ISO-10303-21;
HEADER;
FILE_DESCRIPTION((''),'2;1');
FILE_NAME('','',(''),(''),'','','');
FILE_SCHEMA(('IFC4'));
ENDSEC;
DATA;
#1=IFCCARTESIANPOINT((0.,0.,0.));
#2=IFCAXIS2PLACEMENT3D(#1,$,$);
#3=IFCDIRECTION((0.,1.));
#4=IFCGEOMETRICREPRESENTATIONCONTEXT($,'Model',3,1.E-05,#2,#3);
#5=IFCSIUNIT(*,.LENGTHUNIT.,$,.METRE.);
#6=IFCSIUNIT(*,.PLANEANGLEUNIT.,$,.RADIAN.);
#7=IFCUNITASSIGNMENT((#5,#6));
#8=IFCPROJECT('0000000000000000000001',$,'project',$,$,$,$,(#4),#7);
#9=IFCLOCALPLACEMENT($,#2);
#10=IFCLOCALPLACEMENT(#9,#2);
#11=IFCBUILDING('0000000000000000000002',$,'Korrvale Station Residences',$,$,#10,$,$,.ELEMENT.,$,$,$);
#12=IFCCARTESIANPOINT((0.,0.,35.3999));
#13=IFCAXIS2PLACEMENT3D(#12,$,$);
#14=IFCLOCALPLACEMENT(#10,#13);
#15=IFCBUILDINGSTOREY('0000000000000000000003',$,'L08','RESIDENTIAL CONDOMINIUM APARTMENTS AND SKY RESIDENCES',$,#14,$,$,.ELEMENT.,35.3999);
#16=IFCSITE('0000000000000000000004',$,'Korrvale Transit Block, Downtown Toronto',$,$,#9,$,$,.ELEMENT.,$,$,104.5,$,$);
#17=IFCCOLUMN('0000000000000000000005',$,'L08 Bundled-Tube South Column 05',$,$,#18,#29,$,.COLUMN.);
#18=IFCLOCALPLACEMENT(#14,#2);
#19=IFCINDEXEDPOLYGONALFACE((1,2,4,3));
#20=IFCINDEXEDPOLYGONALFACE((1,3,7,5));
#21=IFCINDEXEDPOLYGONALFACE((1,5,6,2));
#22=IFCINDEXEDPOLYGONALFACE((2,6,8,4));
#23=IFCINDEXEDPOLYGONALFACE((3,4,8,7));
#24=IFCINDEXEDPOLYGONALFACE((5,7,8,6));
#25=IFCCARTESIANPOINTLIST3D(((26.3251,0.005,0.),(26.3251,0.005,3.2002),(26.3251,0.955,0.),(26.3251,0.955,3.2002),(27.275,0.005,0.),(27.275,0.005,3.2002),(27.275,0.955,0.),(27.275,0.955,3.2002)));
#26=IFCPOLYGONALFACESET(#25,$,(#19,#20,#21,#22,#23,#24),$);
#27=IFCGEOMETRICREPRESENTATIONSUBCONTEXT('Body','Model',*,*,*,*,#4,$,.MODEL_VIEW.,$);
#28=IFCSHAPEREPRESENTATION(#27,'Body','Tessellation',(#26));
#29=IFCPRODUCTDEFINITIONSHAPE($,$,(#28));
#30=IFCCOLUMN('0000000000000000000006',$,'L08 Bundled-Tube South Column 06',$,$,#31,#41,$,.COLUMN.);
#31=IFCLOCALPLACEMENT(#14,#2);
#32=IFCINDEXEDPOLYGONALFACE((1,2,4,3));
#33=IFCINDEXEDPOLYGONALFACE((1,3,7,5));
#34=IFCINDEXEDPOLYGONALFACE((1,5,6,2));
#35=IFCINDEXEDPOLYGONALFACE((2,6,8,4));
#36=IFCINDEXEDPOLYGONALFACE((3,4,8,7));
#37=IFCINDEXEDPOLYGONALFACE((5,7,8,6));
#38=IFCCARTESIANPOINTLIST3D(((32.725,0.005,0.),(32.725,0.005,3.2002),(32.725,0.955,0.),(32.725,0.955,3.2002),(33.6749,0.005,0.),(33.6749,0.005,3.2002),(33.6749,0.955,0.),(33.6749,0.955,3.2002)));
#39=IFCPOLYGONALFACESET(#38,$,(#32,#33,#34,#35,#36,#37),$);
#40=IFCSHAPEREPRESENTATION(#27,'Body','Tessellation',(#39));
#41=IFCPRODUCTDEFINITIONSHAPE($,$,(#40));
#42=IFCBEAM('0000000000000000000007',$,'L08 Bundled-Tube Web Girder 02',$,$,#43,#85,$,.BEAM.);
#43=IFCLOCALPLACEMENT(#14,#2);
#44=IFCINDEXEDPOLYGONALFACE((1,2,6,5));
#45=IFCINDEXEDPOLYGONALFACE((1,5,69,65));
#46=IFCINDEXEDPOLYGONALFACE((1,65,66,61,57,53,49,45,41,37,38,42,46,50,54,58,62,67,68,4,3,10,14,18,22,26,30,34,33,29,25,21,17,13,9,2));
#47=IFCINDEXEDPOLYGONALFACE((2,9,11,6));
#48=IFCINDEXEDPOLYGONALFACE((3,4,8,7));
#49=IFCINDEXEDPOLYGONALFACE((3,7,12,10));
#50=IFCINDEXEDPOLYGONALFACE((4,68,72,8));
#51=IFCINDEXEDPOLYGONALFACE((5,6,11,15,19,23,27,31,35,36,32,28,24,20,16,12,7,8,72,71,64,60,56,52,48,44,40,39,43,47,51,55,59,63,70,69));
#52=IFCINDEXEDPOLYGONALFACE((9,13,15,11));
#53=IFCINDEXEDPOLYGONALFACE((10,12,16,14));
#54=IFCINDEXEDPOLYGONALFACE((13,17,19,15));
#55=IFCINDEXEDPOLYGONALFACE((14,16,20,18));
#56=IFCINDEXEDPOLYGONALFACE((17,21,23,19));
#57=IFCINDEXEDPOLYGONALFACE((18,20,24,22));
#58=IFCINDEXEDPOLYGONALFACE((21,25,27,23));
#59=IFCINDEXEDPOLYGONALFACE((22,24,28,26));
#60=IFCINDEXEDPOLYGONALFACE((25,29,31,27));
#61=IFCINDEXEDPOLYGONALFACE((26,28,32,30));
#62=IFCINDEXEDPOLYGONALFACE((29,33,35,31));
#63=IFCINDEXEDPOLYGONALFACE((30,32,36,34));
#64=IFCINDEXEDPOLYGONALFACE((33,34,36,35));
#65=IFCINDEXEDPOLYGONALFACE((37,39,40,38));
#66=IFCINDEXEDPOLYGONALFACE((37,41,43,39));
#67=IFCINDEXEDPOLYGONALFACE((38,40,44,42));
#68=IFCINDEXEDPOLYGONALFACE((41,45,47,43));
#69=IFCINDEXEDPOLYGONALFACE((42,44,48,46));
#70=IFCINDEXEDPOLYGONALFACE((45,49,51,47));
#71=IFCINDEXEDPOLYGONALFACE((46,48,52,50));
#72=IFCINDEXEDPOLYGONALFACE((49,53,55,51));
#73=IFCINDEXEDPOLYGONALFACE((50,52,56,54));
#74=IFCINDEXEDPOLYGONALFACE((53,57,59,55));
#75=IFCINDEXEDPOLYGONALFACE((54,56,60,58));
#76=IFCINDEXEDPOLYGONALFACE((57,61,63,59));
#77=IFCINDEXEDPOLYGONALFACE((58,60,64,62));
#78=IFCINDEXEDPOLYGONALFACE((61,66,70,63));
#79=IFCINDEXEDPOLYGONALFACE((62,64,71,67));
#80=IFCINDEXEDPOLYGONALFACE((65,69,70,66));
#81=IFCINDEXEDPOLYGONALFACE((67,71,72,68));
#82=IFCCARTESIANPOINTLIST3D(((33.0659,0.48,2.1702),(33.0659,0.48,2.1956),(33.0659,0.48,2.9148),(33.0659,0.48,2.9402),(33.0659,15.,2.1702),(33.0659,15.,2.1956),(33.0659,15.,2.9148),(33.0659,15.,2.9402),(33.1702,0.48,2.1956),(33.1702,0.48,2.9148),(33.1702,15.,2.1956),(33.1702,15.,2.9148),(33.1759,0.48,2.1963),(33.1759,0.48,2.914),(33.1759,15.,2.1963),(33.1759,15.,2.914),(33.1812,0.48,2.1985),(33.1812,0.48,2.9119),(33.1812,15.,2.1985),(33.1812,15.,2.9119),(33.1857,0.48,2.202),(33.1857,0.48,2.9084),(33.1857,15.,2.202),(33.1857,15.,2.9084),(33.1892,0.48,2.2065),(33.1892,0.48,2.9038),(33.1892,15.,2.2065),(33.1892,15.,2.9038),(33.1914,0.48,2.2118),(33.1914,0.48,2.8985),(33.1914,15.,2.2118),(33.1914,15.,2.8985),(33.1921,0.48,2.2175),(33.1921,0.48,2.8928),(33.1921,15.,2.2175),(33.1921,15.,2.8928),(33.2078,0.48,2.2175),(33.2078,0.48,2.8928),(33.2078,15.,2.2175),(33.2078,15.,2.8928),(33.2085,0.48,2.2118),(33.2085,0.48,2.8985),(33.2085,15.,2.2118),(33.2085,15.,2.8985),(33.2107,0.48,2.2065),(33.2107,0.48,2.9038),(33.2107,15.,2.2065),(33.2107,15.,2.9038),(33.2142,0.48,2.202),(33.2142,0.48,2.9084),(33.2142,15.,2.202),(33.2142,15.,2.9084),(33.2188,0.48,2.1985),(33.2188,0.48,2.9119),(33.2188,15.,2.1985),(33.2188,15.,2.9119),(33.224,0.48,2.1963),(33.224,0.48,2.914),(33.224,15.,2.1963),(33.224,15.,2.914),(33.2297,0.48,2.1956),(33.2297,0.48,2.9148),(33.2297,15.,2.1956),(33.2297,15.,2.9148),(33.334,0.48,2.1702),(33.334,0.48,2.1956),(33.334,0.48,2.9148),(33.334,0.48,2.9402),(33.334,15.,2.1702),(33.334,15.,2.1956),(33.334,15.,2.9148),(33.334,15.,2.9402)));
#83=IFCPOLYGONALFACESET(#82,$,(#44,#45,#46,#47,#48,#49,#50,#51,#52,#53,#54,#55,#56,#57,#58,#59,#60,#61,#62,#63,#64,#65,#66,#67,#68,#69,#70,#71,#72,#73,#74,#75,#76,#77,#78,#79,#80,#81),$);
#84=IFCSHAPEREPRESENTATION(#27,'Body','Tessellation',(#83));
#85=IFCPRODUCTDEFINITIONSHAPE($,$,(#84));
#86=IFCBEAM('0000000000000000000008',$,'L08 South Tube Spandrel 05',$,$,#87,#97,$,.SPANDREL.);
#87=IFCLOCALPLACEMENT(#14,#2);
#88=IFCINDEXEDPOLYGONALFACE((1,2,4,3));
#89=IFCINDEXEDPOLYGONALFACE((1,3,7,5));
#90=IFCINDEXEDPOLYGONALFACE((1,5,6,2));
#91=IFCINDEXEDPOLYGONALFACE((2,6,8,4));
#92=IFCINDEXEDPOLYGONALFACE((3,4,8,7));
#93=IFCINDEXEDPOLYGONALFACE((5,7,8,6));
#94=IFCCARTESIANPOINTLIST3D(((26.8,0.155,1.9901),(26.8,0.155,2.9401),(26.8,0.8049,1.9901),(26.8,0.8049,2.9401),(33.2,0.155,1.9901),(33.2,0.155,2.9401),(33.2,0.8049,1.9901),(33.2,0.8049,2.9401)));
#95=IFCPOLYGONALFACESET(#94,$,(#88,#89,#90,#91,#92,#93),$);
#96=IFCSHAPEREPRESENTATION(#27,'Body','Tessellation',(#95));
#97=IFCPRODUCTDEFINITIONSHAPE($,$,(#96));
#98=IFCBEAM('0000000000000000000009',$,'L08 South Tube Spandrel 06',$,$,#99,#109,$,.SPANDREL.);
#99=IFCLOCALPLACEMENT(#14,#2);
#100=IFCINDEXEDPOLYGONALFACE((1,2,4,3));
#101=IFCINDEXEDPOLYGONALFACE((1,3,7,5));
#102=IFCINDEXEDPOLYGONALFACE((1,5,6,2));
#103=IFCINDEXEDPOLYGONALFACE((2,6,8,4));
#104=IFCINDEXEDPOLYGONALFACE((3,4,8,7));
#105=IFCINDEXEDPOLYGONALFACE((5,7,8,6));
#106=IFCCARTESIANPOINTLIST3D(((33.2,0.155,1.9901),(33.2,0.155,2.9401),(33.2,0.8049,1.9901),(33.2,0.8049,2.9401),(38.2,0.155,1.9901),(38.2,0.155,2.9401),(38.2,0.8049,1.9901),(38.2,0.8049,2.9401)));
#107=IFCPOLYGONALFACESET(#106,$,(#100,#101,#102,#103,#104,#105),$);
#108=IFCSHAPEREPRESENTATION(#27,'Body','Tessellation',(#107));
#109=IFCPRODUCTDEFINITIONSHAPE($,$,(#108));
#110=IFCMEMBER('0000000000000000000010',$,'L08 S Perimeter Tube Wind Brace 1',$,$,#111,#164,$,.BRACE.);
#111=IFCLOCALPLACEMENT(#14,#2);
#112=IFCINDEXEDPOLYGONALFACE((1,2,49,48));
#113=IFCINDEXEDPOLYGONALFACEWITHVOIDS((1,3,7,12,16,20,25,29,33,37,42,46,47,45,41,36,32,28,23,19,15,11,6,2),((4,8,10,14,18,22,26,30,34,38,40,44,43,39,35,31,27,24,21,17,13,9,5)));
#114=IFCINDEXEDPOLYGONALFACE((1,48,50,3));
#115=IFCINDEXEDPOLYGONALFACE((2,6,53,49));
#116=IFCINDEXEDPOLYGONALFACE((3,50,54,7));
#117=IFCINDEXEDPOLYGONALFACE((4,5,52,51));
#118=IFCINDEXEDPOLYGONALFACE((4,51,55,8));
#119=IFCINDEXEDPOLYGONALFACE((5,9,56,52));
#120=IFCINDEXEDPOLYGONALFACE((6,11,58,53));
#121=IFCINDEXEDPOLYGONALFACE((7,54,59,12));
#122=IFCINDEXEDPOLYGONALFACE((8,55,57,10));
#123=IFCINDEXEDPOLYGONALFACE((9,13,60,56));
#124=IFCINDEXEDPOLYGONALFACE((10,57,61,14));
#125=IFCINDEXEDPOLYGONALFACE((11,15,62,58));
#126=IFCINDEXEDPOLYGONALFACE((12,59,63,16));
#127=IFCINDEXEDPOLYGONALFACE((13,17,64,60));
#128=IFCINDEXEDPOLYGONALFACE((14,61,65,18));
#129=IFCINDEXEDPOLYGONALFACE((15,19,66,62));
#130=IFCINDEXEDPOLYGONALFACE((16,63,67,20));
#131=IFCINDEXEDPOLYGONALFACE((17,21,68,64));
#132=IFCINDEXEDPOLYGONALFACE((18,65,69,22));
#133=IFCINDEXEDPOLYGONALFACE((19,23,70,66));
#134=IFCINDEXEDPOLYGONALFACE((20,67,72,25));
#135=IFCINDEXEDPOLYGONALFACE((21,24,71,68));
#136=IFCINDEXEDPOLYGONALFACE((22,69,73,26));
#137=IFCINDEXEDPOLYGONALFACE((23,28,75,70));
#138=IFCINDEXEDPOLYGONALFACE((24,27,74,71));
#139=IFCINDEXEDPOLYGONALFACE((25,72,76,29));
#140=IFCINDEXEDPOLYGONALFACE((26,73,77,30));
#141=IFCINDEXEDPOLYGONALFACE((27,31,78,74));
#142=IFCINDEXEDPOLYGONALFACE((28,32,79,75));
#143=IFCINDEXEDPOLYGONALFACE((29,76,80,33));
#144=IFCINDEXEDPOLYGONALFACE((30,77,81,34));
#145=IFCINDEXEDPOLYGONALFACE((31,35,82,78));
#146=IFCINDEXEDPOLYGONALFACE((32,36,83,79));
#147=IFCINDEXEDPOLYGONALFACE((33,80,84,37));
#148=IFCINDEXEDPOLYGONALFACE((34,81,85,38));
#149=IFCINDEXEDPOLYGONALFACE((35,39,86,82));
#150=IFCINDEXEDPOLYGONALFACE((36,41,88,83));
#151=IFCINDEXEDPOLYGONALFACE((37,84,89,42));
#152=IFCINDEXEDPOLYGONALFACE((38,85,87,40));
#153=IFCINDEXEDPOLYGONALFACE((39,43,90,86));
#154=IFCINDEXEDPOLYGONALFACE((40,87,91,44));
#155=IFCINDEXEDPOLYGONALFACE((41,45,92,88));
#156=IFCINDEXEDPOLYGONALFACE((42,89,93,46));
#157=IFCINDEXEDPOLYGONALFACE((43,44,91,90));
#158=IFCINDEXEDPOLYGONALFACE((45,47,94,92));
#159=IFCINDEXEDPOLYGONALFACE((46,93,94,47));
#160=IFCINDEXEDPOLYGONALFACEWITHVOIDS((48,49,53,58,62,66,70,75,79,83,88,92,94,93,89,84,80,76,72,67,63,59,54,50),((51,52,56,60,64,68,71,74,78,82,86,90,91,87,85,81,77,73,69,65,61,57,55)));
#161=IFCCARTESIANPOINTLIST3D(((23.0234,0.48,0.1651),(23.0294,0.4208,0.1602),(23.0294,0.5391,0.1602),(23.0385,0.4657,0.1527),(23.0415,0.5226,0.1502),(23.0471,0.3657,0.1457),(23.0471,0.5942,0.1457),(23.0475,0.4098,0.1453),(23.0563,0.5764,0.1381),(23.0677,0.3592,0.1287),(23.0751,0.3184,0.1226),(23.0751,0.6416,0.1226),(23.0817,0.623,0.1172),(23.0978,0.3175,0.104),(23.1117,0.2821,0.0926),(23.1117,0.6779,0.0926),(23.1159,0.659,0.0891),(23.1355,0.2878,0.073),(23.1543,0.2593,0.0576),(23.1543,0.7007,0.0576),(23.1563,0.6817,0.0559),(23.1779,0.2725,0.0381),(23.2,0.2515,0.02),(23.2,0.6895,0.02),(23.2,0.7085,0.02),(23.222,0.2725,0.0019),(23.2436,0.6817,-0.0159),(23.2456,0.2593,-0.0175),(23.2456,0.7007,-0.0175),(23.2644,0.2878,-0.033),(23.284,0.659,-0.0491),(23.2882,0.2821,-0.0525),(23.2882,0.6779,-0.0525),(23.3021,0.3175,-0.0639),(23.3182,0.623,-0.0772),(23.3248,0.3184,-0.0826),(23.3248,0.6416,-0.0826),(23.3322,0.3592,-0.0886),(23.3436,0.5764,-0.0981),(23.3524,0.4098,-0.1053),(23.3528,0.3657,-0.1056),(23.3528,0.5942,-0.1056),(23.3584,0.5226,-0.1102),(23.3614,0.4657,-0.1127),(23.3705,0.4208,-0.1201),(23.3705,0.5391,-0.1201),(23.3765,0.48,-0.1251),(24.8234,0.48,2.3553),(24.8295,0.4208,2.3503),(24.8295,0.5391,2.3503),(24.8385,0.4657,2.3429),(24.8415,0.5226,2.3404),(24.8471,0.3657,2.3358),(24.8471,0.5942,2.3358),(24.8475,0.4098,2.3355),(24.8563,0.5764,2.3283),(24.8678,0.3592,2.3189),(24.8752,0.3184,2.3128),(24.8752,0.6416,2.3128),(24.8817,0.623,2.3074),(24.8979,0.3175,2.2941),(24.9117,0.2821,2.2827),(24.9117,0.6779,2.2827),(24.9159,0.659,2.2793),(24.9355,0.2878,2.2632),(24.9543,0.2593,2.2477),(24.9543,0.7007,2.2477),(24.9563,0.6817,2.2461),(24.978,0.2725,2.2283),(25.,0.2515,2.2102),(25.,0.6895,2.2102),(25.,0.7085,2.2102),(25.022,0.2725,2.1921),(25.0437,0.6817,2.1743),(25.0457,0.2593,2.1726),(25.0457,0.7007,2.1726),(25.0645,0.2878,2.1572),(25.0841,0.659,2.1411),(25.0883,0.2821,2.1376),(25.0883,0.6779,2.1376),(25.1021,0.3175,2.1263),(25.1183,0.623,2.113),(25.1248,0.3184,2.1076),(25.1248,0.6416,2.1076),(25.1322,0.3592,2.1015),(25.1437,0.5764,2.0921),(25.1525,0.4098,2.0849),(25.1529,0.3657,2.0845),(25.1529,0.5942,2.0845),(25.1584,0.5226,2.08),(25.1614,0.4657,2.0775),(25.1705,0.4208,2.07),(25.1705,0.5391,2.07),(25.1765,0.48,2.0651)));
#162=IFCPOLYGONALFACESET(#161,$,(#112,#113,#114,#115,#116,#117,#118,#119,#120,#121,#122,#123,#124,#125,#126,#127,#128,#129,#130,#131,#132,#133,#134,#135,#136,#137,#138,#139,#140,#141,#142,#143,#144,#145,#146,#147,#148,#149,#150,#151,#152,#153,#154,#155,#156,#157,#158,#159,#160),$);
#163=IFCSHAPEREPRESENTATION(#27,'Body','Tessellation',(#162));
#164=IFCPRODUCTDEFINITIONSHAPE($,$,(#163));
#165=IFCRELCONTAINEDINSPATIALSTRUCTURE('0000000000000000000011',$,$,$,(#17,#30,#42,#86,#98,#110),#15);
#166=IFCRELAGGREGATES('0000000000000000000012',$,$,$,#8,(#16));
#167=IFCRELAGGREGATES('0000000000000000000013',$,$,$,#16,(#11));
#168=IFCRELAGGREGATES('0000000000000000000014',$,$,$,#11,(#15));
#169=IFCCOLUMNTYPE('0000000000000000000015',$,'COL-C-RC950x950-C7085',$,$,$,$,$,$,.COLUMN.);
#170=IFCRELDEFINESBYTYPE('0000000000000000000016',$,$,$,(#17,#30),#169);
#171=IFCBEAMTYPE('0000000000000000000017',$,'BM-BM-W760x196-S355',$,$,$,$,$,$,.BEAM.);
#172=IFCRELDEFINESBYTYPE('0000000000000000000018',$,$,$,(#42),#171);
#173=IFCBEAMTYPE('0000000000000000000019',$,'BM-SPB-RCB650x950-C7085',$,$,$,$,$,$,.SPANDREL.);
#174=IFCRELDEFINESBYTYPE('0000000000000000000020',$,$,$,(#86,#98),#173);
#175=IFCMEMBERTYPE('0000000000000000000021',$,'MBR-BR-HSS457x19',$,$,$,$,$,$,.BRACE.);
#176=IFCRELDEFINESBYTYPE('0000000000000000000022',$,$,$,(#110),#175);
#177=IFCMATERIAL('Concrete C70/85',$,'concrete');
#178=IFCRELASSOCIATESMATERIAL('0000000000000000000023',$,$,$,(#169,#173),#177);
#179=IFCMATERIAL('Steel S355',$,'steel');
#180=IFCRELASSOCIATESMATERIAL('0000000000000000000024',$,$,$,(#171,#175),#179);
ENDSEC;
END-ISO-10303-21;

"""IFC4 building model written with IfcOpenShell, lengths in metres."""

from ifc_helpers import new_model, si_unit, direction, frame, origin, origin_2d, place, context, subcontext, project, spatial, rectangle, hollow_circle, i_section, extrude, material, material_profile, profile_set, type_object, element, save


model = new_model("IFC4")

# Units and contexts
model_context = context("Model", 3, precision=1e-05, world=origin(), true_north=direction((0.0, 1.0)))
body_context = subcontext(model_context, "Body", "Model", "MODEL_VIEW")
ifc_project = project(units=[si_unit("LENGTHUNIT", "METRE"), si_unit("PLANEANGLEUNIT", "RADIAN")], contexts=[model_context])

# Site, building, storey
site_placement = place(None, origin())
site = spatial("IfcSite", under=ifc_project, at=site_placement, Name="Korrvale Transit Block, Downtown Toronto", CompositionType="ELEMENT", RefElevation=104.5)
building_placement = place(site_placement, origin())
building = spatial("IfcBuilding", under=site, at=building_placement, Name="Korrvale Station Residences", CompositionType="ELEMENT")
storey_placement = place(building_placement, frame((0.0, 0.0, 35.3999)))
storey = spatial("IfcBuildingStorey", under=building, at=storey_placement, Name="L08", Description="RESIDENTIAL CONDOMINIUM APARTMENTS AND SKY RESIDENCES", CompositionType="ELEMENT", Elevation=35.3999)

# Columns
ifc_material_1 = material(Name="Concrete C70/85", Category="concrete")
ifc_material_profile_1 = material_profile(ifc_material_1, rectangle(XDim=0.95, YDim=0.95, at=origin_2d()), Name="RC950x950")
ifc_profile_set_1 = profile_set([ifc_material_profile_1], Name="Concrete C70/85")
column_type = type_object("IfcColumnType", Name="COL-C-RC950x950-C7085", PredefinedType="COLUMN", material=ifc_profile_set_1)
for number, where, z_axis, x_axis, name in (
    (1, (26.8, 0.48, 0.0), (0.0, 0.0, 1.0), (1.0, 0.0, 0.0), "L08 Bundled-Tube South Column 05"),
    (2, (33.2, 0.48, 0.0), (0.0, 0.0, 1.0), (1.0, 0.0, 0.0), "L08 Bundled-Tube South Column 06"),
):
    element("IfcColumn", number, at=place(storey_placement, frame(where, z_axis=z_axis, x_axis=x_axis)), inside=storey, type_object=column_type, Name=name, PredefinedType="COLUMN", context=body_context, shape_type="SweptSolid", body=[
        extrude(rectangle(XDim=0.95, YDim=0.95, at=origin_2d()), origin(), (0.0, 0.0, 1.0), 3.2002),
    ])

# Beams
ifc_material_2 = material(Name="Steel S355", Category="steel")
ifc_material_profile_2 = material_profile(ifc_material_2, i_section(OverallWidth=0.2681, OverallDepth=0.77, WebThickness=0.0156, FlangeThickness=0.0254, FilletRadius=0.022, at=origin_2d()), Name="W760x196")
ifc_profile_set_2 = profile_set([ifc_material_profile_2], Name="Steel S355")
beam_type_1 = type_object("IfcBeamType", Name="BM-BM-W760x196-S355", PredefinedType="BEAM", material=ifc_profile_set_2)
beam_1_placement = place(storey_placement, frame((33.2, 0.48, 2.5552), z_axis=(0.0, 1.0, 0.0), x_axis=(-1.0, 0.0, 0.0)))
element("IfcBeam", 3, at=beam_1_placement, inside=storey, type_object=beam_type_1, Name="L08 Bundled-Tube Web Girder 02", PredefinedType="BEAM", context=body_context, shape_type="SweptSolid", body=[
    extrude(i_section(OverallWidth=0.2681, OverallDepth=0.77, WebThickness=0.0156, FlangeThickness=0.0254, FilletRadius=0.022, at=origin_2d()), origin(), (0.0, 0.0, 1.0), 14.52),
])
ifc_material_profile_3 = material_profile(ifc_material_1, rectangle(XDim=0.6499, YDim=0.95, at=origin_2d()), Name="RCB650x950")
ifc_profile_set_3 = profile_set([ifc_material_profile_3], Name="Concrete C70/85")
beam_type_2 = type_object("IfcBeamType", Name="BM-SPB-RCB650x950-C7085", PredefinedType="SPANDREL", material=ifc_profile_set_3)
beam_2_placement = place(storey_placement, frame((26.8, 0.48, 2.4651), z_axis=(1.0, 0.0, 0.0), x_axis=(0.0, 1.0, 0.0)))
element("IfcBeam", 4, at=beam_2_placement, inside=storey, type_object=beam_type_2, Name="L08 South Tube Spandrel 05", PredefinedType="SPANDREL", context=body_context, shape_type="SweptSolid", body=[
    extrude(rectangle(XDim=0.6499, YDim=0.95, at=origin_2d()), origin(), (0.0, 0.0, 1.0), 6.3999),
])
beam_3_placement = place(storey_placement, frame((33.2, 0.48, 2.4651), z_axis=(1.0, 0.0, 0.0), x_axis=(0.0, 1.0, 0.0)))
element("IfcBeam", 5, at=beam_3_placement, inside=storey, type_object=beam_type_2, Name="L08 South Tube Spandrel 06", PredefinedType="SPANDREL", context=body_context, shape_type="SweptSolid", body=[
    extrude(rectangle(XDim=0.6499, YDim=0.95, at=origin_2d()), origin(), (0.0, 0.0, 1.0), 5.0),
])

# Member
ifc_material_profile_4 = material_profile(ifc_material_2, hollow_circle(Radius=0.2285, WallThickness=0.019, at=origin_2d()), Name="HSS457x19")
ifc_profile_set_4 = profile_set([ifc_material_profile_4], Name="Steel S355")
member_type = type_object("IfcMemberType", Name="MBR-BR-HSS457x19", PredefinedType="BRACE", material=ifc_profile_set_4)
for number, where, z_axis, x_axis, name in (
    (6, (23.2, 0.48, 0.02), (0.634943, 0.0, 0.772559), (0.0, 1.0, 0.0), "L08 S Perimeter Tube Wind Brace 1"),
):
    element("IfcMember", number, at=place(storey_placement, frame(where, z_axis=z_axis, x_axis=x_axis)), inside=storey, type_object=member_type, Name=name, PredefinedType="BRACE", context=body_context, shape_type="SweptSolid", body=[
        extrude(hollow_circle(Radius=0.2285, WallThickness=0.019, at=origin_2d()), origin(), (0.0, 0.0, 1.0), 2.835),
    ])

save(model, "model.ifc")
